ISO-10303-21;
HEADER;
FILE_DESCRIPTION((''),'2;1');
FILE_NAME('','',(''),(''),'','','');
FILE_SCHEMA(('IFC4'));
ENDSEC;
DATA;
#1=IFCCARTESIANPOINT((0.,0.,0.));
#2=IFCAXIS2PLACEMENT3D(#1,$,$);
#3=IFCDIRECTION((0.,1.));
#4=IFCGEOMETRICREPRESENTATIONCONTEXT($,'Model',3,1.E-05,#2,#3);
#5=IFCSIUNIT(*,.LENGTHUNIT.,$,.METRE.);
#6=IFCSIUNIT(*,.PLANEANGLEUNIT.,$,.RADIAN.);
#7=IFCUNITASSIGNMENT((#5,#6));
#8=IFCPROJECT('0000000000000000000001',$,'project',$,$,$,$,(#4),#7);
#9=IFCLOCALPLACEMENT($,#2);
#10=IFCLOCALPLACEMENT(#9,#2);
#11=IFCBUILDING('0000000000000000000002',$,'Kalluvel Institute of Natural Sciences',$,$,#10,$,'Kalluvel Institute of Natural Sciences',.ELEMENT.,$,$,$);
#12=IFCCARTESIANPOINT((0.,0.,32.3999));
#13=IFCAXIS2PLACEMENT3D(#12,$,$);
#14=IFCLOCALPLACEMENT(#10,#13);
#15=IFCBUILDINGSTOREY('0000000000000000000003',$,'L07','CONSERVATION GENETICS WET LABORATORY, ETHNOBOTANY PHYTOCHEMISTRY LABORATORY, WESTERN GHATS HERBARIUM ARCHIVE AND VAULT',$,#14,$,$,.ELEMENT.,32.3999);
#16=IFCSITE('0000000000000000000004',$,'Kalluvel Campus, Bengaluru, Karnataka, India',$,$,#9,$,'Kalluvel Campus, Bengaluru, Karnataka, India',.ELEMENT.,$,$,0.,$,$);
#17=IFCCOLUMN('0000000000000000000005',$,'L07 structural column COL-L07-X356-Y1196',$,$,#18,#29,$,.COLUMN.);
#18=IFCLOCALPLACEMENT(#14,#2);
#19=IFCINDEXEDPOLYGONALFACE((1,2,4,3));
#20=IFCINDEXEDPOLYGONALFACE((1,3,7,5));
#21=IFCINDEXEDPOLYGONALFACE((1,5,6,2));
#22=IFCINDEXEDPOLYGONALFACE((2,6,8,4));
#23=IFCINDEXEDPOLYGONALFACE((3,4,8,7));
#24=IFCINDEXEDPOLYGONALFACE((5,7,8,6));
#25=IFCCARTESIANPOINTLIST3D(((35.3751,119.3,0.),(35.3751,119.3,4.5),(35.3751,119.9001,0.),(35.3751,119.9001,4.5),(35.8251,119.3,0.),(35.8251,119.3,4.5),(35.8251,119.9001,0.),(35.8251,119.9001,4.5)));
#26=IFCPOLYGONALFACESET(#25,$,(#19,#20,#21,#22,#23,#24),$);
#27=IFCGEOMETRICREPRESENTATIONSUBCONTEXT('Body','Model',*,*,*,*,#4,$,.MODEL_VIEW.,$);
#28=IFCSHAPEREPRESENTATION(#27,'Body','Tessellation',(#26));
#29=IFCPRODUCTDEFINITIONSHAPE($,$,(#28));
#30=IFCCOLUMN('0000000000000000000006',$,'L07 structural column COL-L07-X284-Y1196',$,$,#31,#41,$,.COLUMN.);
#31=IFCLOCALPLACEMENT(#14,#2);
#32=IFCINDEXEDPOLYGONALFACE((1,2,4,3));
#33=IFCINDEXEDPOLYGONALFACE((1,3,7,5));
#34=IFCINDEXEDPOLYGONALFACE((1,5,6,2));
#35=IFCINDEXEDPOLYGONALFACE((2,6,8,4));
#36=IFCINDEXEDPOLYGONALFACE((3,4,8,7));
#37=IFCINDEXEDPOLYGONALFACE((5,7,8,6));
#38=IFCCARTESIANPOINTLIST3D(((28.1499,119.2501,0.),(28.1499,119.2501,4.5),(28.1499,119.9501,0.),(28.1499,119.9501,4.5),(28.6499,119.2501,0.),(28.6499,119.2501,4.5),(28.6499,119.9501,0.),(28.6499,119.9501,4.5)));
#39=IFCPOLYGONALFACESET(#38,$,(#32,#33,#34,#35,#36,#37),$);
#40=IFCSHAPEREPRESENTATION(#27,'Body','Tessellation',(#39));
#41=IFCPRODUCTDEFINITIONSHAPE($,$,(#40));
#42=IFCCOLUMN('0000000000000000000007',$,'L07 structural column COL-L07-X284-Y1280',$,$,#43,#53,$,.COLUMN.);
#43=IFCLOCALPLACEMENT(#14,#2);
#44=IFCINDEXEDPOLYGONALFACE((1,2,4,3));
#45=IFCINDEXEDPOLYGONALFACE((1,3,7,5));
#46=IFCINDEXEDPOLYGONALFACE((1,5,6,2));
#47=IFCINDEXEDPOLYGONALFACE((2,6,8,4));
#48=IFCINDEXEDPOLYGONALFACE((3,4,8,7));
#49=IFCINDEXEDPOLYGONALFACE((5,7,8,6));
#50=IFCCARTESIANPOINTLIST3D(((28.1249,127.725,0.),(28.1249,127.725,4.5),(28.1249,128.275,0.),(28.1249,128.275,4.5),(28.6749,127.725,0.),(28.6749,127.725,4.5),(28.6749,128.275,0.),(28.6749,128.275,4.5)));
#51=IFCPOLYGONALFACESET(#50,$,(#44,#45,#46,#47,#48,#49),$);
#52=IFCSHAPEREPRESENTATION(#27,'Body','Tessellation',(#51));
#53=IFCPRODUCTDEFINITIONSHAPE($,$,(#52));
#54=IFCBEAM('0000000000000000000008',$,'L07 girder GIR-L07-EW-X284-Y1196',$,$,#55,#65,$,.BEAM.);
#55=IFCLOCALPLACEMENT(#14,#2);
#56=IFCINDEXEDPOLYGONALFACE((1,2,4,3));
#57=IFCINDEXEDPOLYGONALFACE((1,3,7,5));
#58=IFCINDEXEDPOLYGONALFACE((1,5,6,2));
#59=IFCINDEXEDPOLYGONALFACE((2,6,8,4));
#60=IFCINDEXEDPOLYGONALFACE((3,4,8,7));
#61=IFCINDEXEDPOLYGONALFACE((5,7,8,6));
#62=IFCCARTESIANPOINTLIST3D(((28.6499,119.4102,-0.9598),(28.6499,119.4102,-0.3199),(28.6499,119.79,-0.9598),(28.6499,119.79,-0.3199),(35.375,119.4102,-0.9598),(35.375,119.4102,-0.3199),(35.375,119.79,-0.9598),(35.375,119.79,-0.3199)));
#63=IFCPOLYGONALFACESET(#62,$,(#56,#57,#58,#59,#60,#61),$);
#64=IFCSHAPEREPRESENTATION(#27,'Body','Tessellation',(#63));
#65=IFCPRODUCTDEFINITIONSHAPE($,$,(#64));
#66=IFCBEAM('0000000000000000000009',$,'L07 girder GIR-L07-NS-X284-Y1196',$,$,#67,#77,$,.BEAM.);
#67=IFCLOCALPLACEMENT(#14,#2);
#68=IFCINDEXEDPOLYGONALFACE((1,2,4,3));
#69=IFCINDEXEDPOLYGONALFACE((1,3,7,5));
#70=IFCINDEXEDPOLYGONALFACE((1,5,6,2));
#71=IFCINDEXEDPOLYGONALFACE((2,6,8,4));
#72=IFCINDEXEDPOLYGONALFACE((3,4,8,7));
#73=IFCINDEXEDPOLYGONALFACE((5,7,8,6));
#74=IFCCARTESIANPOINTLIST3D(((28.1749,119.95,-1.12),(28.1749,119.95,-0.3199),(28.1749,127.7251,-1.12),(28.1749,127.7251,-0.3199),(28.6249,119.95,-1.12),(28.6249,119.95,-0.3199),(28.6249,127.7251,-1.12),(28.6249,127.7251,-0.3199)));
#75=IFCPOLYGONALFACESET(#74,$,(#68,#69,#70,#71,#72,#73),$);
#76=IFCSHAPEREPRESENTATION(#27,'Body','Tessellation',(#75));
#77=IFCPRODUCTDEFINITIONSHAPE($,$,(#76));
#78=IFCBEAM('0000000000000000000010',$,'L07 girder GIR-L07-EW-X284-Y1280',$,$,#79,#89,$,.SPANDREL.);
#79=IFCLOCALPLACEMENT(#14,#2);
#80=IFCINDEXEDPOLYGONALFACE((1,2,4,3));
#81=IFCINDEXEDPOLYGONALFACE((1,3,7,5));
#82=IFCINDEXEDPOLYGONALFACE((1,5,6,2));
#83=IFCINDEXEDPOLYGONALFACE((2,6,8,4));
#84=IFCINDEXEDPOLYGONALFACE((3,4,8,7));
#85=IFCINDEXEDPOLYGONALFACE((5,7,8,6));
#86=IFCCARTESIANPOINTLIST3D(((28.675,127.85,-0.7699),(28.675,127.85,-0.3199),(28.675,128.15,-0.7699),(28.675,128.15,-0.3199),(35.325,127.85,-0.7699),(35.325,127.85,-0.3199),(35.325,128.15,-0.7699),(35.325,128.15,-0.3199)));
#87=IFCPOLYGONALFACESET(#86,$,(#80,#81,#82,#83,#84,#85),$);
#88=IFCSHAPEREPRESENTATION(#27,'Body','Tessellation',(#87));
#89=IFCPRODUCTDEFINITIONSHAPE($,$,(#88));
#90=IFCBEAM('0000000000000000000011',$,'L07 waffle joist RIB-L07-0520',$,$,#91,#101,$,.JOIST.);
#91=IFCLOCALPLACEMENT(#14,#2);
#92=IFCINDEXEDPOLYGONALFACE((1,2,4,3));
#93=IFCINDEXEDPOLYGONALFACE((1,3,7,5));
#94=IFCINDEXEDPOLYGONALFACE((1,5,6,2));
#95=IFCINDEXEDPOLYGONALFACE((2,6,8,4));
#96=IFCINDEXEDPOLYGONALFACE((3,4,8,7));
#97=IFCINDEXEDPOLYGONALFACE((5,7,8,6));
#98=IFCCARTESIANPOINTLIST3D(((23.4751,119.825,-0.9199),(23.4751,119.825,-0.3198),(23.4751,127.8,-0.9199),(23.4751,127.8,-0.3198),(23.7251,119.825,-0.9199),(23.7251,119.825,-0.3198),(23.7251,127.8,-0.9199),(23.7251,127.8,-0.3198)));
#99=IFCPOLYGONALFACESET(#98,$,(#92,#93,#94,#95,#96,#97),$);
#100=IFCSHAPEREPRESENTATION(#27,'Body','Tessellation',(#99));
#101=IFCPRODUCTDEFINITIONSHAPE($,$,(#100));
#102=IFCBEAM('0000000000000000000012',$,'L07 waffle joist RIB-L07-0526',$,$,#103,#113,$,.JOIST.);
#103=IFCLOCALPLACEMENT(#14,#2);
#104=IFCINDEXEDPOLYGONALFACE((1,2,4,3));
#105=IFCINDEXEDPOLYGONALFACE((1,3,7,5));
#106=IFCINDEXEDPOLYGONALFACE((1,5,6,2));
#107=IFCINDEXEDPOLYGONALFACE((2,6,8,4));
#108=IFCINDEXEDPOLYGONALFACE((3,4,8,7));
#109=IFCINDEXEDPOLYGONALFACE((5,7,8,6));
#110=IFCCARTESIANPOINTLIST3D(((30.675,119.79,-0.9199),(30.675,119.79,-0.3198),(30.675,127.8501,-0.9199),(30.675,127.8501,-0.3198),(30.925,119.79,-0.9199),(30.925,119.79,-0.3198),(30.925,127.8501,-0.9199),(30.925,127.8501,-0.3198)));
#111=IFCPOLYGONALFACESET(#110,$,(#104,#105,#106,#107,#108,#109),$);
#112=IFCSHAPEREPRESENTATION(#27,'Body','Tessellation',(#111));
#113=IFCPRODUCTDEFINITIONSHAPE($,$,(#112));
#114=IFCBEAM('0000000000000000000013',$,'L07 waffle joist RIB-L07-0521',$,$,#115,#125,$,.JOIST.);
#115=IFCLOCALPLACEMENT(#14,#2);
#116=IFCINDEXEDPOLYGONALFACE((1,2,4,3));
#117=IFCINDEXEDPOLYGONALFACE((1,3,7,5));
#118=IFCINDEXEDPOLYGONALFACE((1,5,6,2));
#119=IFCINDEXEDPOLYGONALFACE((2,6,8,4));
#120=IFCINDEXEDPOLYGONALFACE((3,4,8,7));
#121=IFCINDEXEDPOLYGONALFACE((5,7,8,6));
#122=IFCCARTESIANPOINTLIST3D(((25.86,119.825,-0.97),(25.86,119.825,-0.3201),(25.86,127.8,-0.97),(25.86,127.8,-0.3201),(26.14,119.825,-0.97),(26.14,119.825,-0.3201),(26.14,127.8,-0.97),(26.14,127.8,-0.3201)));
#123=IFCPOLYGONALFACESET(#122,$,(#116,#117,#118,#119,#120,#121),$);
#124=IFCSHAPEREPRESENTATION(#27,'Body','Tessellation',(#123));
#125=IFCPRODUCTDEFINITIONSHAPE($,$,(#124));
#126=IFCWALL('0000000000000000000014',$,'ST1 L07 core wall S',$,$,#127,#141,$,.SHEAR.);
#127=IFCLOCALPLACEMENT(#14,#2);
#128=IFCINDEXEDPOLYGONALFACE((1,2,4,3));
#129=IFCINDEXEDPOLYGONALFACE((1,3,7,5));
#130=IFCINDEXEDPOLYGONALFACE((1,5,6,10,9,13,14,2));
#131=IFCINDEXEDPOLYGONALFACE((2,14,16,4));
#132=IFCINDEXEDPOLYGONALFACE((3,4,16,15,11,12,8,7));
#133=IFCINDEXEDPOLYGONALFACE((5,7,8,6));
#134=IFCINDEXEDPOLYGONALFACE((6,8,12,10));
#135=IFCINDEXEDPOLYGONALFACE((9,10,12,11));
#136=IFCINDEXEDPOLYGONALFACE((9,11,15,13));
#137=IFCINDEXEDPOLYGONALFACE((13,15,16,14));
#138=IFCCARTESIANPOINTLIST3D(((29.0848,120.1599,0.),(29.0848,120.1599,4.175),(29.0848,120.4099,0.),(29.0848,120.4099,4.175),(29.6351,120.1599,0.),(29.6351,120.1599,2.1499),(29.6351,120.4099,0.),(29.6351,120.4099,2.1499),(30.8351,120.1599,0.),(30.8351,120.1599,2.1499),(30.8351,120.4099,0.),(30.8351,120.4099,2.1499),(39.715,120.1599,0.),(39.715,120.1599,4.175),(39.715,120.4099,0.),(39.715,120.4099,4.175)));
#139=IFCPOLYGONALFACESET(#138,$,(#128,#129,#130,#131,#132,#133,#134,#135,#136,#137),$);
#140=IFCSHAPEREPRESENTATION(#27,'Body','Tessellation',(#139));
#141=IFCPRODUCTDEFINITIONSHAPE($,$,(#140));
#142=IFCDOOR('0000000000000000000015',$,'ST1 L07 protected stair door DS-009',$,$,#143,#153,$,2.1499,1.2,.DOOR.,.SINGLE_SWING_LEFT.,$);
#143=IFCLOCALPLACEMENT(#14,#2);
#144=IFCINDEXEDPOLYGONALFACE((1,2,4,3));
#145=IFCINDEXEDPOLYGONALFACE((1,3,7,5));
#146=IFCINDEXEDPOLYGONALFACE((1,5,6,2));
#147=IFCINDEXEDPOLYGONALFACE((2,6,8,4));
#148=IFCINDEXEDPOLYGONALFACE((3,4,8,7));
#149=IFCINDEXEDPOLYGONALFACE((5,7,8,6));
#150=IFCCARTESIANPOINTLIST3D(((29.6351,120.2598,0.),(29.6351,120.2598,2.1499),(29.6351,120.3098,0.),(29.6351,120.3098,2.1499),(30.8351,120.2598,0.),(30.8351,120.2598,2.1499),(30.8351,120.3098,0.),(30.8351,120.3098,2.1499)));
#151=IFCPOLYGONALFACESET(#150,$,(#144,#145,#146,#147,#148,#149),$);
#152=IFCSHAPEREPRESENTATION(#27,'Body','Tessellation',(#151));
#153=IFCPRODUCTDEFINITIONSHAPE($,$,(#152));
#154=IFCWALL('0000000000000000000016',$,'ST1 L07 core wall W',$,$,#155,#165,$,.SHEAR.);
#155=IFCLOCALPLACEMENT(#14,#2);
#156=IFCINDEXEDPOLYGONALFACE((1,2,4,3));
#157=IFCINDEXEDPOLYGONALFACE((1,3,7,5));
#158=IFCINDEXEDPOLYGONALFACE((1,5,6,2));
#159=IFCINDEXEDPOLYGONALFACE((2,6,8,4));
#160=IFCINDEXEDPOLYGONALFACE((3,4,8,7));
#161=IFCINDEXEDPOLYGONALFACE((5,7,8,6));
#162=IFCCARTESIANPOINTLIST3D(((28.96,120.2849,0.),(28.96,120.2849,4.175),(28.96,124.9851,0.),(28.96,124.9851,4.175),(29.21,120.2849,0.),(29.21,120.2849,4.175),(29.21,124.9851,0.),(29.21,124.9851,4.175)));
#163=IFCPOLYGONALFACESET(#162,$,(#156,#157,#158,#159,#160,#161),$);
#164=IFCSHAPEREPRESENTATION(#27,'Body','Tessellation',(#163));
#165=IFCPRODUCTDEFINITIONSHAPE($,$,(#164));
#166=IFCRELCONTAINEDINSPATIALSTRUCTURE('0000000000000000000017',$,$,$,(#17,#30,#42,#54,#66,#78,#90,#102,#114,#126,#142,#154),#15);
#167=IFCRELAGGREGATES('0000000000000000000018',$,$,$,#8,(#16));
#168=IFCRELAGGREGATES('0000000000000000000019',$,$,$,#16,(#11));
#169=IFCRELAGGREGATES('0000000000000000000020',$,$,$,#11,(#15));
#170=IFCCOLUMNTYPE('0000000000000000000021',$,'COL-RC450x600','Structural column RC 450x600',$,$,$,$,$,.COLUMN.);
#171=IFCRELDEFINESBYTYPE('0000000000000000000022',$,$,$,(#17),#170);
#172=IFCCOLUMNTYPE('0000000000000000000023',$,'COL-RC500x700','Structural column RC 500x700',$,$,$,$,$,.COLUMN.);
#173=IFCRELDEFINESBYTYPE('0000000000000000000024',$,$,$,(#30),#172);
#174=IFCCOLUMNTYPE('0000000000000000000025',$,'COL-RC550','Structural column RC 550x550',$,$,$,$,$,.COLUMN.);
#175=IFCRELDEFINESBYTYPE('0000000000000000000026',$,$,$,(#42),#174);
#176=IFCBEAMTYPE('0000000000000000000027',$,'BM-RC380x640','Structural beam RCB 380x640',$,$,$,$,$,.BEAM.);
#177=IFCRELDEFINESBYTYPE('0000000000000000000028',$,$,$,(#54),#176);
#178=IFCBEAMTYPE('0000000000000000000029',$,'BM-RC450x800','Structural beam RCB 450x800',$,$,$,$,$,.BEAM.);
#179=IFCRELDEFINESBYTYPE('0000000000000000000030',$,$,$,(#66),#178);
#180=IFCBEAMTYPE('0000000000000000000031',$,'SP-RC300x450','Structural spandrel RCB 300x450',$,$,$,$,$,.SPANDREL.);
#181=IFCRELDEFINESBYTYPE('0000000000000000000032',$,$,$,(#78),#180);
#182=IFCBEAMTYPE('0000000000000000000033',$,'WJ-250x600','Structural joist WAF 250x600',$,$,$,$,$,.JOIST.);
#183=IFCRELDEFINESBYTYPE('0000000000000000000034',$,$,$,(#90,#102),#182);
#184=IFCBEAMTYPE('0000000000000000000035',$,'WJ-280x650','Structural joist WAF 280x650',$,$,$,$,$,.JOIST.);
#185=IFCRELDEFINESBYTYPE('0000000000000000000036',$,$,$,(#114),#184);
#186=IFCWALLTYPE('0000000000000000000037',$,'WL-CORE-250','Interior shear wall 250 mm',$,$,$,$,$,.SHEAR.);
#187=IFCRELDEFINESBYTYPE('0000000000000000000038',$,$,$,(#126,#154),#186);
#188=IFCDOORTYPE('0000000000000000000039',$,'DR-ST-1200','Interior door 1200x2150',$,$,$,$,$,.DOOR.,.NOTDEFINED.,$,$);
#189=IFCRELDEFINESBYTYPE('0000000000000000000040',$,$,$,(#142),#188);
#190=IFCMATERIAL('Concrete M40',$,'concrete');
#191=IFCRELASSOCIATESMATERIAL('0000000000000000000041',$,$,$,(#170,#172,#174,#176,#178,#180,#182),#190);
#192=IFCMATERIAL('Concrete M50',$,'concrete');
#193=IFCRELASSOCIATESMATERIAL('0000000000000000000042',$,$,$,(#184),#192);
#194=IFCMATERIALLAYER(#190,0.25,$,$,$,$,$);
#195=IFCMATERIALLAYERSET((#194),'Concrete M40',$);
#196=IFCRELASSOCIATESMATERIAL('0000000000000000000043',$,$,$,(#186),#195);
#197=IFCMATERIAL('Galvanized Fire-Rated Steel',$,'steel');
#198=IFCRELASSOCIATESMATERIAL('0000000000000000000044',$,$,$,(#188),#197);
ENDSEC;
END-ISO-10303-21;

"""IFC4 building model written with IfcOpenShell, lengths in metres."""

from ifc_helpers import new_model, si_unit, direction, frame, frame_2d, origin, origin_2d, place, context, subcontext, project, spatial, rectangle, extrude, material, layer, layer_set, material_profile, profile_set, type_object, element, fill, save


model = new_model("IFC4")

# Units and contexts
model_context = context("Model", 3, precision=1e-05, world=origin(), true_north=direction((0.0, 1.0)))
body_context = subcontext(model_context, "Body", "Model", "MODEL_VIEW")
ifc_project = project(units=[si_unit("LENGTHUNIT", "METRE"), si_unit("PLANEANGLEUNIT", "RADIAN")], contexts=[model_context])

# Site, building, storey
site_placement = place(None, origin())
site = spatial("IfcSite", under=ifc_project, at=site_placement, Name="Kalluvel Campus, Bengaluru, Karnataka, India", LongName="Kalluvel Campus, Bengaluru, Karnataka, India", CompositionType="ELEMENT", RefElevation=0.0)
building_placement = place(site_placement, origin())
building = spatial("IfcBuilding", under=site, at=building_placement, Name="Kalluvel Institute of Natural Sciences", LongName="Kalluvel Institute of Natural Sciences", CompositionType="ELEMENT")
storey_placement = place(building_placement, frame((0.0, 0.0, 32.3999)))
storey = spatial("IfcBuildingStorey", under=building, at=storey_placement, Name="L07", Description="CONSERVATION GENETICS WET LABORATORY, ETHNOBOTANY PHYTOCHEMISTRY LABORATORY, WESTERN GHATS HERBARIUM ARCHIVE AND VAULT", CompositionType="ELEMENT", Elevation=32.3999)

# Columns
ifc_material_1 = material(Name="Concrete M40", Category="concrete")
ifc_material_profile_1 = material_profile(ifc_material_1, rectangle(XDim=0.45, YDim=0.6001, at=origin_2d()), Name="RC 450x600")
ifc_profile_set_1 = profile_set([ifc_material_profile_1], Name="Concrete M40")
column_type_1 = type_object("IfcColumnType", Name="COL-RC450x600", Description="Structural column RC 450x600", PredefinedType="COLUMN", material=ifc_profile_set_1)
column_1_placement = place(storey_placement, frame((35.6001, 119.6001, 0.0), z_axis=(0.0, 0.0, 1.0), x_axis=(1.0, 0.0, 0.0)))
element("IfcColumn", 1, at=column_1_placement, inside=storey, type_object=column_type_1, Name="L07 structural column COL-L07-X356-Y1196", PredefinedType="COLUMN", context=body_context, shape_type="SweptSolid", body=[
    extrude(rectangle(XDim=0.45, YDim=0.6001, at=origin_2d()), origin(), (0.0, 0.0, 1.0), 4.5),
])
ifc_material_profile_2 = material_profile(ifc_material_1, rectangle(XDim=0.5, YDim=0.7, at=origin_2d()), Name="RC 500x700")
ifc_profile_set_2 = profile_set([ifc_material_profile_2], Name="Concrete M40")
column_type_2 = type_object("IfcColumnType", Name="COL-RC500x700", Description="Structural column RC 500x700", PredefinedType="COLUMN", material=ifc_profile_set_2)
column_2_placement = place(storey_placement, frame((28.3999, 119.6001, 0.0), z_axis=(0.0, 0.0, 1.0), x_axis=(1.0, 0.0, 0.0)))
element("IfcColumn", 2, at=column_2_placement, inside=storey, type_object=column_type_2, Name="L07 structural column COL-L07-X284-Y1196", PredefinedType="COLUMN", context=body_context, shape_type="SweptSolid", body=[
    extrude(rectangle(XDim=0.5, YDim=0.7, at=origin_2d()), origin(), (0.0, 0.0, 1.0), 4.5),
])
ifc_material_profile_3 = material_profile(ifc_material_1, rectangle(XDim=0.55, YDim=0.55, at=origin_2d()), Name="RC 550x550")
ifc_profile_set_3 = profile_set([ifc_material_profile_3], Name="Concrete M40")
column_type_3 = type_object("IfcColumnType", Name="COL-RC550", Description="Structural column RC 550x550", PredefinedType="COLUMN", material=ifc_profile_set_3)
column_3_placement = place(storey_placement, frame((28.3999, 128.0, 0.0), z_axis=(0.0, 0.0, 1.0), x_axis=(1.0, 0.0, 0.0)))
element("IfcColumn", 3, at=column_3_placement, inside=storey, type_object=column_type_3, Name="L07 structural column COL-L07-X284-Y1280", PredefinedType="COLUMN", context=body_context, shape_type="SweptSolid", body=[
    extrude(rectangle(XDim=0.55, YDim=0.55, at=origin_2d()), origin(), (0.0, 0.0, 1.0), 4.5),
])

# Beams
ifc_material_profile_4 = material_profile(ifc_material_1, rectangle(XDim=0.3799, YDim=0.6399, at=origin_2d()), Name="RCB 380x640")
ifc_profile_set_4 = profile_set([ifc_material_profile_4], Name="Concrete M40")
beam_type_1 = type_object("IfcBeamType", Name="BM-RC380x640", Description="Structural beam RCB 380x640", PredefinedType="BEAM", material=ifc_profile_set_4)
beam_1_placement = place(storey_placement, frame((28.6499, 119.6001, -0.6399), z_axis=(1.0, 0.0, 0.0), x_axis=(0.0, 1.0, 0.0)))
element("IfcBeam", 4, at=beam_1_placement, inside=storey, type_object=beam_type_1, Name="L07 girder GIR-L07-EW-X284-Y1196", PredefinedType="BEAM", context=body_context, shape_type="SweptSolid", body=[
    extrude(rectangle(XDim=0.3799, YDim=0.6399, at=origin_2d()), origin(), (0.0, 0.0, 1.0), 6.7251),
])
ifc_material_profile_5 = material_profile(ifc_material_1, rectangle(XDim=0.45, YDim=0.8, at=origin_2d()), Name="RCB 450x800")
ifc_profile_set_5 = profile_set([ifc_material_profile_5], Name="Concrete M40")
beam_type_2 = type_object("IfcBeamType", Name="BM-RC450x800", Description="Structural beam RCB 450x800", PredefinedType="BEAM", material=ifc_profile_set_5)
beam_2_placement = place(storey_placement, frame((28.3999, 119.95, -0.72), z_axis=(0.0, 1.0, 0.0), x_axis=(-1.0, 0.0, 0.0)))
element("IfcBeam", 5, at=beam_2_placement, inside=storey, type_object=beam_type_2, Name="L07 girder GIR-L07-NS-X284-Y1196", PredefinedType="BEAM", context=body_context, shape_type="SweptSolid", body=[
    extrude(rectangle(XDim=0.45, YDim=0.8, at=origin_2d()), origin(), (0.0, 0.0, 1.0), 7.7751),
])
ifc_material_profile_6 = material_profile(ifc_material_1, rectangle(XDim=0.3, YDim=0.45, at=origin_2d()), Name="RCB 300x450")
ifc_profile_set_6 = profile_set([ifc_material_profile_6], Name="Concrete M40")
beam_type_3 = type_object("IfcBeamType", Name="SP-RC300x450", Description="Structural spandrel RCB 300x450", PredefinedType="SPANDREL", material=ifc_profile_set_6)
beam_3_placement = place(storey_placement, frame((28.675, 128.0, -0.5449), z_axis=(1.0, 0.0, 0.0), x_axis=(0.0, 1.0, 0.0)))
element("IfcBeam", 6, at=beam_3_placement, inside=storey, type_object=beam_type_3, Name="L07 girder GIR-L07-EW-X284-Y1280", PredefinedType="SPANDREL", context=body_context, shape_type="SweptSolid", body=[
    extrude(rectangle(XDim=0.3, YDim=0.45, at=origin_2d()), origin(), (0.0, 0.0, 1.0), 6.6499),
])
ifc_material_profile_7 = material_profile(ifc_material_1, rectangle(XDim=0.25, YDim=0.6001, at=origin_2d()), Name="WAF 250x600")
ifc_profile_set_7 = profile_set([ifc_material_profile_7], Name="Concrete M40")
beam_type_4 = type_object("IfcBeamType", Name="WJ-250x600", Description="Structural joist WAF 250x600", PredefinedType="JOIST", material=ifc_profile_set_7)
beam_4_placement = place(storey_placement, frame((23.6001, 119.825, -0.6199), z_axis=(0.0, 1.0, 0.0), x_axis=(-1.0, 0.0, 0.0)))
element("IfcBeam", 7, at=beam_4_placement, inside=storey, type_object=beam_type_4, Name="L07 waffle joist RIB-L07-0520", PredefinedType="JOIST", context=body_context, shape_type="SweptSolid", body=[
    extrude(rectangle(XDim=0.25, YDim=0.6001, at=origin_2d()), origin(), (0.0, 0.0, 1.0), 7.9751),
])
beam_5_placement = place(storey_placement, frame((30.8, 119.79, -0.6199), z_axis=(0.0, 1.0, 0.0), x_axis=(-1.0, 0.0, 0.0)))
element("IfcBeam", 8, at=beam_5_placement, inside=storey, type_object=beam_type_4, Name="L07 waffle joist RIB-L07-0526", PredefinedType="JOIST", context=body_context, shape_type="SweptSolid", body=[
    extrude(rectangle(XDim=0.25, YDim=0.6001, at=origin_2d()), origin(), (0.0, 0.0, 1.0), 8.0601),
])
ifc_material_2 = material(Name="Concrete M50", Category="concrete")
ifc_material_profile_8 = material_profile(ifc_material_2, rectangle(XDim=0.28, YDim=0.6499, at=origin_2d()), Name="WAF 280x650")
ifc_profile_set_8 = profile_set([ifc_material_profile_8], Name="Concrete M50")
beam_type_5 = type_object("IfcBeamType", Name="WJ-280x650", Description="Structural joist WAF 280x650", PredefinedType="JOIST", material=ifc_profile_set_8)
beam_6_placement = place(storey_placement, frame((26.0, 119.825, -0.645), z_axis=(0.0, 1.0, 0.0), x_axis=(-1.0, 0.0, 0.0)))
element("IfcBeam", 9, at=beam_6_placement, inside=storey, type_object=beam_type_5, Name="L07 waffle joist RIB-L07-0521", PredefinedType="JOIST", context=body_context, shape_type="SweptSolid", body=[
    extrude(rectangle(XDim=0.28, YDim=0.6499, at=origin_2d()), origin(), (0.0, 0.0, 1.0), 7.9751),
])

# Wall, opening, door
ifc_layer_1 = layer(ifc_material_1, 0.25)
ifc_layer_set_1 = layer_set([ifc_layer_1], Name="Concrete M40")
wall_type_1 = type_object("IfcWallType", Name="WL-CORE-250", Description="Interior shear wall 250 mm", PredefinedType="SHEAR", material=ifc_layer_set_1)
wall_1_placement = place(storey_placement, frame((29.085, 120.2849, 0.0), z_axis=(0.0, 0.0, 1.0), x_axis=(1.0, 0.0, 0.0)))
wall_1 = element("IfcWall", 10, at=wall_1_placement, inside=storey, type_object=wall_type_1, Name="ST1 L07 core wall S", PredefinedType="SHEAR", context=body_context, shape_type="SweptSolid", body=[
    extrude(rectangle(XDim=10.6301, YDim=0.25, at=frame_2d((5.3149, 0.0))), origin(), (0.0, 0.0, 1.0), 4.175),
])
opening_placement = place(wall_1_placement, frame((0.55, 0.0, 0.0)))
opening = element("IfcOpeningElement", 11, at=opening_placement, cuts=wall_1, PredefinedType="OPENING", context=body_context, shape_type="SweptSolid", body=[
    extrude(rectangle(XDim=1.2, YDim=2.1499, at=frame_2d((0.6001, 1.075))), frame((0.0, 0.135, 0.0), z_axis=(0.0, -1.0, 0.0), x_axis=(1.0, 0.0, 0.0)), (0.0, 0.0, 1.0), 0.27),
])
ifc_material_3 = material(Name="Galvanized Fire-Rated Steel", Category="steel")
door_type = type_object("IfcDoorType", Name="DR-ST-1200", Description="Interior door 1200x2150", OperationType="NOTDEFINED", PredefinedType="DOOR", material=ifc_material_3)
door_placement = place(opening_placement, origin())
door = element("IfcDoor", 12, at=door_placement, inside=storey, type_object=door_type, Name="ST1 L07 protected stair door DS-009", OperationType="SINGLE_SWING_LEFT", OverallHeight=2.1499, OverallWidth=1.2, PredefinedType="DOOR", context=body_context, shape_type="SweptSolid", body=[
    extrude(rectangle(XDim=1.2, YDim=2.1499, at=frame_2d((0.6001, 1.075))), frame((0.0, 0.0249, 0.0), z_axis=(0.0, -1.0, 0.0), x_axis=(1.0, 0.0, 0.0)), (0.0, 0.0, 1.0), 0.05),
])
fill(opening, door)

# Wall
wall_2_placement = place(storey_placement, frame((29.085, 124.9851, 0.0), z_axis=(0.0, 0.0, 1.0), x_axis=(0.0, -1.0, 0.0)))
element("IfcWall", 13, at=wall_2_placement, inside=storey, type_object=wall_type_1, Name="ST1 L07 core wall W", PredefinedType="SHEAR", context=body_context, shape_type="SweptSolid", body=[
    extrude(rectangle(XDim=4.7002, YDim=0.25, at=frame_2d((2.3501, 0.0))), origin(), (0.0, 0.0, 1.0), 4.175),
])

save(model, "model.ifc")
